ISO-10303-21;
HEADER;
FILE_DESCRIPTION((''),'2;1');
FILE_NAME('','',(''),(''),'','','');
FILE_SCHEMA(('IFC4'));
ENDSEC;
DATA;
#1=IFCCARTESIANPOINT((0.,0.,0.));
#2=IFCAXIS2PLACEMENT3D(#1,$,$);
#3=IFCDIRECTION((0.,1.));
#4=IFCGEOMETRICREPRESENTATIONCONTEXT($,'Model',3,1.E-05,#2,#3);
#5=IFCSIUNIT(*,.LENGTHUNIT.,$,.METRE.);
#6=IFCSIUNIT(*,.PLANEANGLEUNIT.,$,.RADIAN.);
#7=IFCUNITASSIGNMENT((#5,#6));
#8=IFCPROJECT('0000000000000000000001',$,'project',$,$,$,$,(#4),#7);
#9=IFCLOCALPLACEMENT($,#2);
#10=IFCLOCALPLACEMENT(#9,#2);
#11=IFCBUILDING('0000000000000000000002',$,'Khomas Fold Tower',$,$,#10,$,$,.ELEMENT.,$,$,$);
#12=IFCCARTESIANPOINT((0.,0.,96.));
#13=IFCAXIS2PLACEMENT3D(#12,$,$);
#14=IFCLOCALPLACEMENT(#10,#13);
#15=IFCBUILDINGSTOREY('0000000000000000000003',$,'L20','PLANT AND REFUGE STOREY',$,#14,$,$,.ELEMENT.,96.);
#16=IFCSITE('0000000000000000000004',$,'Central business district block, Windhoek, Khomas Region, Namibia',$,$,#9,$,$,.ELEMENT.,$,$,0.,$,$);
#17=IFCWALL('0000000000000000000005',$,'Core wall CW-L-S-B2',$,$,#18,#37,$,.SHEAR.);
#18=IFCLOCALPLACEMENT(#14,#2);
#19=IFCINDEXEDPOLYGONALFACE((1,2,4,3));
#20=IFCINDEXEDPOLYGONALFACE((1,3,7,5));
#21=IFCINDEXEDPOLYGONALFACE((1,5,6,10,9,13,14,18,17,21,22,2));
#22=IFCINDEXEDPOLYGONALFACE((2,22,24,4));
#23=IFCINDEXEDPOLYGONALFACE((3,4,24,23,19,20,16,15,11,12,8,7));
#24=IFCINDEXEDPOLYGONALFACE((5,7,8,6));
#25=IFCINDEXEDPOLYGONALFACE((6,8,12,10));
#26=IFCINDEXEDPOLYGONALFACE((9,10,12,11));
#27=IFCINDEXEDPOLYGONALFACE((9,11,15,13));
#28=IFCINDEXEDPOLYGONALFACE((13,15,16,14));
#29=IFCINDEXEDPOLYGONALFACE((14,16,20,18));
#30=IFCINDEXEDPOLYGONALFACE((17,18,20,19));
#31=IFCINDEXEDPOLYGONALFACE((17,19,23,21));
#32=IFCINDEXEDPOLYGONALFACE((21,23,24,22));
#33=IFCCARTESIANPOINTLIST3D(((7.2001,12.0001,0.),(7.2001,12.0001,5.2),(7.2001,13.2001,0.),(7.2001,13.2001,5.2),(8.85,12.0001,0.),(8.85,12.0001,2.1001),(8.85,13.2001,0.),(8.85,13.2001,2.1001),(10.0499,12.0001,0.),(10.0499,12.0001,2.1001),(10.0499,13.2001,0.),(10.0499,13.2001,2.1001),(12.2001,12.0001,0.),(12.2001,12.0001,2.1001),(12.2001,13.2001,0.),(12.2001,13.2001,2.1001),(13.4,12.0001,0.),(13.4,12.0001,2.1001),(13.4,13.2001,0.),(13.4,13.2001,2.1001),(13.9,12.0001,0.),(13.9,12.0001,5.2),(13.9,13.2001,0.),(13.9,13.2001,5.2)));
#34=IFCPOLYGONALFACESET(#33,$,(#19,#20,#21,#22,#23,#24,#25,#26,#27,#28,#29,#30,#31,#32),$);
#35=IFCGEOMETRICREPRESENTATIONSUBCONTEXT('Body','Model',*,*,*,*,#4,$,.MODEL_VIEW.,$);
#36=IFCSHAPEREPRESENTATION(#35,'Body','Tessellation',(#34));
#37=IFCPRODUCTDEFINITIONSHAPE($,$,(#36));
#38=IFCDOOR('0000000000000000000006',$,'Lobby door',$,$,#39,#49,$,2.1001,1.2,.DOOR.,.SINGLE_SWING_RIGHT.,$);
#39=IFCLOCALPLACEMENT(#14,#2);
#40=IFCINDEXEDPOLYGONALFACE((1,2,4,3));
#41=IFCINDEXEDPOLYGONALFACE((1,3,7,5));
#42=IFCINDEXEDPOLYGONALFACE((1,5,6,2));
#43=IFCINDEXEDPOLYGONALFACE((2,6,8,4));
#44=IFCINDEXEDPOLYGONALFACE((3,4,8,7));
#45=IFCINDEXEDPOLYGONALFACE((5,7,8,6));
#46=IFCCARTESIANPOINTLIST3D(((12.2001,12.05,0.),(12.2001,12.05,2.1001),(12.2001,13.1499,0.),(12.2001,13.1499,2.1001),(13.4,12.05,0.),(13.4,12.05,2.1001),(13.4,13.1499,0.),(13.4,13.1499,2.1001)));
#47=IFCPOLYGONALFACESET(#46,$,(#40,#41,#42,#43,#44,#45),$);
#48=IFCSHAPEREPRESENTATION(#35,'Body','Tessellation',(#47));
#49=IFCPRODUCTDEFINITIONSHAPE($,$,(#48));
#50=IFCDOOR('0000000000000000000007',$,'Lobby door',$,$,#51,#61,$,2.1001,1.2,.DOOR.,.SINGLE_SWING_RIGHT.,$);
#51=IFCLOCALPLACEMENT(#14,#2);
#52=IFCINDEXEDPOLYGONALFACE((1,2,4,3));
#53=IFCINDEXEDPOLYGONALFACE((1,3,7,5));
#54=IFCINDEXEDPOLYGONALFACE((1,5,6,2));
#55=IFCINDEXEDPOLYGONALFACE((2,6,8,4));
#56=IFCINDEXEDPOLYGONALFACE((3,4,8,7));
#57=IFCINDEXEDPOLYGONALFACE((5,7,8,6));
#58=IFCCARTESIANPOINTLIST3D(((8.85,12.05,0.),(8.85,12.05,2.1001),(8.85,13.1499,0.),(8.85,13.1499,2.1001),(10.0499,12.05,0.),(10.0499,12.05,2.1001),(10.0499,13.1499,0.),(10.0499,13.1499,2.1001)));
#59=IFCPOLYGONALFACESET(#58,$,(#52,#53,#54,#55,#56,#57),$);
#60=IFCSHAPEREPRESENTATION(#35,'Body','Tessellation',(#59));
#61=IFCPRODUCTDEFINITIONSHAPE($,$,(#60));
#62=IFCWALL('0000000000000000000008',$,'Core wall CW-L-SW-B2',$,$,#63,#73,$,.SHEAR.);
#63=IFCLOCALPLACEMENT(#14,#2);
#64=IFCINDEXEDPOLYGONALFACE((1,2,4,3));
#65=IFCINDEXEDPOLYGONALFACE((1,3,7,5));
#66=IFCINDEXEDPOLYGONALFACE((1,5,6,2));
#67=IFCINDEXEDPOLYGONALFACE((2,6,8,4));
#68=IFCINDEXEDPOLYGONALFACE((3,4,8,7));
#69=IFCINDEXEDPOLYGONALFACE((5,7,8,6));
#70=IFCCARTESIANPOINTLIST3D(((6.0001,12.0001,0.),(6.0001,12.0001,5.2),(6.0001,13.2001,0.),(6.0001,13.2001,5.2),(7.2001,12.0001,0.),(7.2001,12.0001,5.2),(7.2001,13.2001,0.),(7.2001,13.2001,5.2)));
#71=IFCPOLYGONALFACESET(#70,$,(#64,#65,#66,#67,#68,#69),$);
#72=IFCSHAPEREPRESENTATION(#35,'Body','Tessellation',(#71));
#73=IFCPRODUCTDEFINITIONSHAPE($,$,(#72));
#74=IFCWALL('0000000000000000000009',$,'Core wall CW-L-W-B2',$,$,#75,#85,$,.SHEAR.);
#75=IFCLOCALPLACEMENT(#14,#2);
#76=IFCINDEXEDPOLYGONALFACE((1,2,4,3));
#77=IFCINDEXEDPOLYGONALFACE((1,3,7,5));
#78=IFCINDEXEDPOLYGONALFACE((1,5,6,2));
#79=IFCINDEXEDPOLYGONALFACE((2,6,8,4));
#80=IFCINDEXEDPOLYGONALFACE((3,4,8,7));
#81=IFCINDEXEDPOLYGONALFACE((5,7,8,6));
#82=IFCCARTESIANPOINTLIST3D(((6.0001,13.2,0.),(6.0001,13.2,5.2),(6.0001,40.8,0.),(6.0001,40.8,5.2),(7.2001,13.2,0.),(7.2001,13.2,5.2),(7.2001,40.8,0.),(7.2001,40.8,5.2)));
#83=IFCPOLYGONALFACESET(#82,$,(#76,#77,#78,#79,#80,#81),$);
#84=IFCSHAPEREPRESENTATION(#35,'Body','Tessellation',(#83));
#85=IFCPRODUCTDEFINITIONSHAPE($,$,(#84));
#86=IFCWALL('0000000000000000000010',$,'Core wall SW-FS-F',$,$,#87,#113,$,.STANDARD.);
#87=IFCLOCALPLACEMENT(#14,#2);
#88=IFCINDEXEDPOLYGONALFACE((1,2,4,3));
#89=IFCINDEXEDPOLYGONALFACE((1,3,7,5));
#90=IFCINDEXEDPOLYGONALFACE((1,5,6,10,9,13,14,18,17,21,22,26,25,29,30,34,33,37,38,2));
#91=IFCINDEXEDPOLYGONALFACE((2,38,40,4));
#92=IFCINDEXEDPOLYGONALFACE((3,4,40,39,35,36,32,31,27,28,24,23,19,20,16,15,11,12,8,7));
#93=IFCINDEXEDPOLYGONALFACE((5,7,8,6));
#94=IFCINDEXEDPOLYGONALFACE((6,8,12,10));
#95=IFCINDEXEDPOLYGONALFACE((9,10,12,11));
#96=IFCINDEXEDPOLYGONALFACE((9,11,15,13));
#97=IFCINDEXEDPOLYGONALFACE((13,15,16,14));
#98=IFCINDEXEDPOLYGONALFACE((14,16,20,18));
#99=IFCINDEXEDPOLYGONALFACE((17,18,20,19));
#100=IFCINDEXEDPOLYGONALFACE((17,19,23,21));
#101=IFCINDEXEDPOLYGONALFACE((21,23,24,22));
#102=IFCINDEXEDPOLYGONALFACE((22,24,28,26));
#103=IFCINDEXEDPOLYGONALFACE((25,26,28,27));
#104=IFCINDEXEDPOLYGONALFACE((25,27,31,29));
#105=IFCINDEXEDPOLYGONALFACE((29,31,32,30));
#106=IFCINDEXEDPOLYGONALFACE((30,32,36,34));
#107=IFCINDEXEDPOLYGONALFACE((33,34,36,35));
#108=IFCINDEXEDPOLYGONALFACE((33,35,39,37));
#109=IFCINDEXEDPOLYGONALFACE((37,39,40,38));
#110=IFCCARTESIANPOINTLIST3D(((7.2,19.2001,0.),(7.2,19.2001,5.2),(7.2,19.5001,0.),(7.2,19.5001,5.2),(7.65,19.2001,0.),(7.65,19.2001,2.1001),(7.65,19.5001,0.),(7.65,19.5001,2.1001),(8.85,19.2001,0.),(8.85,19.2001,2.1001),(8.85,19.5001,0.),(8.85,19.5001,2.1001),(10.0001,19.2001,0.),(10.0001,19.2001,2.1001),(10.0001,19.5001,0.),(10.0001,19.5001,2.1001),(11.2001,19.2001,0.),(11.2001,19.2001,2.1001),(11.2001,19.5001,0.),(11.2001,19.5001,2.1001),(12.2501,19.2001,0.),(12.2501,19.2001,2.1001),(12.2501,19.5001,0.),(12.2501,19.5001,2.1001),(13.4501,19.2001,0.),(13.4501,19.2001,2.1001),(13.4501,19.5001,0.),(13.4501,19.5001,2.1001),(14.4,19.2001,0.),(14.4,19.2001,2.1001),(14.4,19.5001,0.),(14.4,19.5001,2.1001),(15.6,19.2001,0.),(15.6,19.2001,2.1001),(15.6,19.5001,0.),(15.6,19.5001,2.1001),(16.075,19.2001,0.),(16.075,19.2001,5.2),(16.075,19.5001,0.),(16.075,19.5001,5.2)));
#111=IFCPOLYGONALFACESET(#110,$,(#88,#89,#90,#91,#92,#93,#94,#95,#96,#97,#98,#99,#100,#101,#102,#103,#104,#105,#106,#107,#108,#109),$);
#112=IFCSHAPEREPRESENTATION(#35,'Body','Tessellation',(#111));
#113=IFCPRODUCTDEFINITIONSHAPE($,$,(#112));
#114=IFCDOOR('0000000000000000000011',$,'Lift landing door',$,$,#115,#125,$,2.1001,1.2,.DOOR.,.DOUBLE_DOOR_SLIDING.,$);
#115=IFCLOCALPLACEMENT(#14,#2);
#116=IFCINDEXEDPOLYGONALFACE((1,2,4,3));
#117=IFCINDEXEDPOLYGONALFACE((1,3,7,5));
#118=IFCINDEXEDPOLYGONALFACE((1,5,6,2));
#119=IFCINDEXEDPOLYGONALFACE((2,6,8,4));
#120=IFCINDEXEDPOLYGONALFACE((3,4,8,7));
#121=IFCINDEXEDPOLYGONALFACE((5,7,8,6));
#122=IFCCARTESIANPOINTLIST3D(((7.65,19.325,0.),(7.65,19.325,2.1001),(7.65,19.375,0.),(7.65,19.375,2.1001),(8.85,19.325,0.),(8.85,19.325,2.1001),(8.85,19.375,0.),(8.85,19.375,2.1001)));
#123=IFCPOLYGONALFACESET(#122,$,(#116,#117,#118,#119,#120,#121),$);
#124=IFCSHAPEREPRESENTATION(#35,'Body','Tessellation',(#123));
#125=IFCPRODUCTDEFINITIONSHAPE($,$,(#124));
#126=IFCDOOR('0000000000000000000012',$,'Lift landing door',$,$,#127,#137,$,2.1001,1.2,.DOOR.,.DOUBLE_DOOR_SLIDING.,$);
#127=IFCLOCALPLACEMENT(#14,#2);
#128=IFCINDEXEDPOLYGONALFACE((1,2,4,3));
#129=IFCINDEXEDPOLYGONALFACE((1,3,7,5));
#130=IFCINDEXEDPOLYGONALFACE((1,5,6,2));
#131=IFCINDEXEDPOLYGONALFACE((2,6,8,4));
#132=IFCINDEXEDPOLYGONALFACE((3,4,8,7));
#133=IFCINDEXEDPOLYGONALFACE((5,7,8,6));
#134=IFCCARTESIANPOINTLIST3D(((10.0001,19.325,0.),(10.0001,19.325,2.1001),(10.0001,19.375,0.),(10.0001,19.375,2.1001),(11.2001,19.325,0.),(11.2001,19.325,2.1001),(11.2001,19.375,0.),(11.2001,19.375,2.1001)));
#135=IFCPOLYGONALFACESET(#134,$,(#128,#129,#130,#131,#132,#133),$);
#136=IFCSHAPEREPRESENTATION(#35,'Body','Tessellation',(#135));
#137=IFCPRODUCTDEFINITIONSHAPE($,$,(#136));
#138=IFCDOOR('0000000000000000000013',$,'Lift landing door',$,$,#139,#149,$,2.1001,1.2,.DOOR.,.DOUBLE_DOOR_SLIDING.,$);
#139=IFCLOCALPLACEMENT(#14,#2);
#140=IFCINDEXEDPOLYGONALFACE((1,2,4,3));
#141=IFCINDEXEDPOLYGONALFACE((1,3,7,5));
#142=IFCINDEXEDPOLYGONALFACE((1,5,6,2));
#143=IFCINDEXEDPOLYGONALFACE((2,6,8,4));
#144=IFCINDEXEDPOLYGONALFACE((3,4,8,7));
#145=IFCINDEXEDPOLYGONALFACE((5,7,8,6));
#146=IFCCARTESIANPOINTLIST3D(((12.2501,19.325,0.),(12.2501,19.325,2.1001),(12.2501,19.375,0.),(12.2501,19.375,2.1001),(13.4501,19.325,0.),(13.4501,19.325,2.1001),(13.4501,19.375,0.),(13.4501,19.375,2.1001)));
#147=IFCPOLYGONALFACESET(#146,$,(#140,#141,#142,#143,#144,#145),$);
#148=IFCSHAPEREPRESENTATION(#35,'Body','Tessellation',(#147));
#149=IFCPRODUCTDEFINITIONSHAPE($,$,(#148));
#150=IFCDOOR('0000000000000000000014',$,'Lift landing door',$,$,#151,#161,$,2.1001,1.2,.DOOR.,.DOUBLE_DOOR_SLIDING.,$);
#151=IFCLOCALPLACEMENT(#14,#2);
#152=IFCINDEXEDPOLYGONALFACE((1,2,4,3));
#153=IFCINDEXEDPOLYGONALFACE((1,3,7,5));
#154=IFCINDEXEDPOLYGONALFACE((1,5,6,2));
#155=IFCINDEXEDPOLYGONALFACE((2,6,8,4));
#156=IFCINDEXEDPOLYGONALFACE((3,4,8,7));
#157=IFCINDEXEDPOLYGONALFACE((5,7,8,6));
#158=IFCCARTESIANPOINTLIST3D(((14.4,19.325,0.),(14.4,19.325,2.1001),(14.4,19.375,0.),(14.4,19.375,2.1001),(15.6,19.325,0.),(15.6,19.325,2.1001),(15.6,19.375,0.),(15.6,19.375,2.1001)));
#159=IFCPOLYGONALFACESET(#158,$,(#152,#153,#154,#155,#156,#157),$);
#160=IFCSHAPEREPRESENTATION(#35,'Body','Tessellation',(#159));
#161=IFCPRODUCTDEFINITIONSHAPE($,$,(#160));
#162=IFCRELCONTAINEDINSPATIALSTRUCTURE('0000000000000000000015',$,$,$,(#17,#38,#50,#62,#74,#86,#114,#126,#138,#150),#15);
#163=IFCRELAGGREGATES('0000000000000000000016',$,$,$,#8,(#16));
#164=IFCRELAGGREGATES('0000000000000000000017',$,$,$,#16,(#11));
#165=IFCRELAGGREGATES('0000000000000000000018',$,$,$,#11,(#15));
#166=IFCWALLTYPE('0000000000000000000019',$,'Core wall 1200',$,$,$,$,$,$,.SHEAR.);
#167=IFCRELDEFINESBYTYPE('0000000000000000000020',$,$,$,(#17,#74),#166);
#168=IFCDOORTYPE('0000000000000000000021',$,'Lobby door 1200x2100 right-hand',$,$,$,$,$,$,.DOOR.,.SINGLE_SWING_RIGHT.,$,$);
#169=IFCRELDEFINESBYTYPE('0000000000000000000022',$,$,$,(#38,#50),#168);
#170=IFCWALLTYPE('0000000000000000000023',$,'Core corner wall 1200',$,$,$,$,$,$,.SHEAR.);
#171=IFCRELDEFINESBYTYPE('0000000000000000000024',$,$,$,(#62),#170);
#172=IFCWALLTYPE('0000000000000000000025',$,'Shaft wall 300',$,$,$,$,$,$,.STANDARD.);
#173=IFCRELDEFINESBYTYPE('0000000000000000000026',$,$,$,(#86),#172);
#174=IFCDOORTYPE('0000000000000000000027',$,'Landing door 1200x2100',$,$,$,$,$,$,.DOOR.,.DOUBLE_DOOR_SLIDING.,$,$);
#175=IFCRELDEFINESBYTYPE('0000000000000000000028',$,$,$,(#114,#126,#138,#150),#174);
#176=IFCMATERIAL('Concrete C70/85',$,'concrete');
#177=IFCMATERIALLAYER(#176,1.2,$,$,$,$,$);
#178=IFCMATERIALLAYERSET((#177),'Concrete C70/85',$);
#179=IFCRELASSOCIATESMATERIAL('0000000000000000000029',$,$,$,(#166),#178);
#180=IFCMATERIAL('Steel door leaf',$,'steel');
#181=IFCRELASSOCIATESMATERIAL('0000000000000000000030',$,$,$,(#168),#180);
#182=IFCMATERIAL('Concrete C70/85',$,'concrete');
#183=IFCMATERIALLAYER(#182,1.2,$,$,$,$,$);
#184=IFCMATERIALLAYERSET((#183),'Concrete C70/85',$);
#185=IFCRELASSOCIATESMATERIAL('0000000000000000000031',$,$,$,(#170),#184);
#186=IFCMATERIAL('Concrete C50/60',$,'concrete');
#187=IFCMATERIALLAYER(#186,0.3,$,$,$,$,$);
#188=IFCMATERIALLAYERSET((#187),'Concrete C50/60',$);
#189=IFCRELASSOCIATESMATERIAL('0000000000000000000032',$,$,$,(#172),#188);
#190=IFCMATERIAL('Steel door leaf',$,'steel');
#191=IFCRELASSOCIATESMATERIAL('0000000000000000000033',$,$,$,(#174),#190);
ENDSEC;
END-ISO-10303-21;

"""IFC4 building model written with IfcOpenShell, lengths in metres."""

from ifc_helpers import new_model, si_unit, direction, frame, frame_2d, origin, place, context, subcontext, project, spatial, rectangle, extrude, source, transform, mapped, material, layer, layer_set, type_object, element, fill, save


model = new_model("IFC4")

# Units and contexts
model_context = context("Model", 3, precision=1e-05, world=origin(), true_north=direction((0.0, 1.0)))
body_context = subcontext(model_context, "Body", "Model", "MODEL_VIEW")
ifc_project = project(units=[si_unit("LENGTHUNIT", "METRE"), si_unit("PLANEANGLEUNIT", "RADIAN")], contexts=[model_context])

# Site, building, storey
site_placement = place(None, origin())
site = spatial("IfcSite", under=ifc_project, at=site_placement, Name="Central business district block, Windhoek, Khomas Region, Namibia", CompositionType="ELEMENT", RefElevation=0.0)
building_placement = place(site_placement, origin())
building = spatial("IfcBuilding", under=site, at=building_placement, Name="Khomas Fold Tower", CompositionType="ELEMENT")
storey_placement = place(building_placement, frame((0.0, 0.0, 96.0)))
storey = spatial("IfcBuildingStorey", under=building, at=storey_placement, Name="L20", Description="PLANT AND REFUGE STOREY", CompositionType="ELEMENT", Elevation=96.0)

# Wall, openings, doors
ifc_material_1 = material(Name="Concrete C70/85", Category="concrete")
ifc_layer_1 = layer(ifc_material_1, 1.2)
ifc_layer_set_1 = layer_set([ifc_layer_1], Name="Concrete C70/85")
wall_type_1 = type_object("IfcWallType", Name="Core wall 1200", PredefinedType="SHEAR", material=ifc_layer_set_1)
shared_shape_1 = source(origin(), body_context, "Body", "SweptSolid", [
    extrude(rectangle(XDim=6.7, YDim=1.2, at=frame_2d((3.3501, 0.0))), origin(), (0.0, 0.0, 1.0), 5.2),
])
wall_1_placement = place(storey_placement, frame((7.2, 12.6001, 0.0), z_axis=(0.0, 0.0, 1.0), x_axis=(1.0, 0.0, 0.0)))
wall_1 = element("IfcWall", 1, at=wall_1_placement, inside=storey, type_object=wall_type_1, Name="Core wall CW-L-S-B2", PredefinedType="SHEAR", context=body_context, shape_type="MappedRepresentation", body=[
    mapped(shared_shape_1, transform((0.0, 0.0, 0.0))),
])
shared_shape_2 = source(origin(), body_context, "Body", "SweptSolid", [
    extrude(rectangle(XDim=1.2, YDim=2.1001, at=frame_2d((0.6001, 1.05))), frame((0.0, 0.6099, 0.0), z_axis=(0.0, -1.0, 0.0), x_axis=(1.0, 0.0, 0.0)), (0.0, 0.0, 1.0), 1.22),
])
opening_1_placement = place(wall_1_placement, frame((5.0, 0.0, 0.0)))
opening_1 = element("IfcOpeningElement", 2, at=opening_1_placement, cuts=wall_1, PredefinedType="OPENING", context=body_context, shape_type="MappedRepresentation", body=[
    mapped(shared_shape_2, transform((0.0, 0.0, 0.0))),
])
opening_2_placement = place(wall_1_placement, frame((1.6499, 0.0, 0.0)))
opening_2 = element("IfcOpeningElement", 3, at=opening_2_placement, cuts=wall_1, PredefinedType="OPENING", context=body_context, shape_type="MappedRepresentation", body=[
    mapped(shared_shape_2, transform((0.0, 0.0, 0.0))),
])
ifc_material_2 = material(Name="Steel door leaf", Category="steel")
door_type_1 = type_object("IfcDoorType", Name="Lobby door 1200x2100 right-hand", OperationType="SINGLE_SWING_RIGHT", PredefinedType="DOOR", material=ifc_material_2)
shared_shape_3 = source(origin(), body_context, "Body", "SweptSolid", [
    extrude(rectangle(XDim=1.2, YDim=2.1001, at=frame_2d((0.6001, 1.05))), frame((0.0, 0.5498, 0.0), z_axis=(0.0, -1.0, 0.0), x_axis=(1.0, 0.0, 0.0)), (0.0, 0.0, 1.0), 1.0999),
])
door_1_placement = place(opening_1_placement, origin())
door_1 = element("IfcDoor", 4, at=door_1_placement, inside=storey, type_object=door_type_1, Name="Lobby door", OperationType="SINGLE_SWING_RIGHT", OverallHeight=2.1001, OverallWidth=1.2, PredefinedType="DOOR", context=body_context, shape_type="MappedRepresentation", body=[
    mapped(shared_shape_3, transform((0.0, 0.0, 0.0))),
])
fill(opening_1, door_1)
door_2_placement = place(opening_2_placement, origin())
door_2 = element("IfcDoor", 5, at=door_2_placement, inside=storey, type_object=door_type_1, Name="Lobby door", OperationType="SINGLE_SWING_RIGHT", OverallHeight=2.1001, OverallWidth=1.2, PredefinedType="DOOR", context=body_context, shape_type="MappedRepresentation", body=[
    mapped(shared_shape_3, transform((0.0, 0.0, 0.0))),
])
fill(opening_2, door_2)

# Walls
ifc_material_3 = material(Name="Concrete C70/85", Category="concrete")
ifc_layer_2 = layer(ifc_material_3, 1.2)
ifc_layer_set_2 = layer_set([ifc_layer_2], Name="Concrete C70/85")
wall_type_2 = type_object("IfcWallType", Name="Core corner wall 1200", PredefinedType="SHEAR", material=ifc_layer_set_2)
shared_shape_4 = source(origin(), body_context, "Body", "SweptSolid", [
    extrude(rectangle(XDim=1.2, YDim=1.2, at=frame_2d((0.6001, 0.0))), origin(), (0.0, 0.0, 1.0), 5.2),
])
wall_2_placement = place(storey_placement, frame((6.0, 12.6001, 0.0), z_axis=(0.0, 0.0, 1.0), x_axis=(1.0, 0.0, 0.0)))
element("IfcWall", 6, at=wall_2_placement, inside=storey, type_object=wall_type_2, Name="Core wall CW-L-SW-B2", PredefinedType="SHEAR", context=body_context, shape_type="MappedRepresentation", body=[
    mapped(shared_shape_4, transform((0.0, 0.0, 0.0))),
])
shared_shape_5 = source(origin(), body_context, "Body", "SweptSolid", [
    extrude(rectangle(XDim=27.6001, YDim=1.2, at=frame_2d((13.8, 0.0))), origin(), (0.0, 0.0, 1.0), 5.2),
])
wall_3_placement = place(storey_placement, frame((6.6001, 13.2, 0.0), z_axis=(0.0, 0.0, 1.0), x_axis=(0.0, 1.0, 0.0)))
element("IfcWall", 7, at=wall_3_placement, inside=storey, type_object=wall_type_1, Name="Core wall CW-L-W-B2", PredefinedType="SHEAR", context=body_context, shape_type="MappedRepresentation", body=[
    mapped(shared_shape_5, transform((0.0, 0.0, 0.0))),
])

# Wall, openings, doors
ifc_material_4 = material(Name="Concrete C50/60", Category="concrete")
ifc_layer_3 = layer(ifc_material_4, 0.3)
ifc_layer_set_3 = layer_set([ifc_layer_3], Name="Concrete C50/60")
wall_type_3 = type_object("IfcWallType", Name="Shaft wall 300", PredefinedType="STANDARD", material=ifc_layer_set_3)
shared_shape_6 = source(origin(), body_context, "Body", "SweptSolid", [
    extrude(rectangle(XDim=8.875, YDim=0.3, at=frame_2d((4.4375, 0.0))), origin(), (0.0, 0.0, 1.0), 5.2),
])
wall_4_placement = place(storey_placement, frame((7.2, 19.3501, 0.0), z_axis=(0.0, 0.0, 1.0), x_axis=(1.0, 0.0, 0.0)))
wall_4 = element("IfcWall", 8, at=wall_4_placement, inside=storey, type_object=wall_type_3, Name="Core wall SW-FS-F", PredefinedType="STANDARD", context=body_context, shape_type="MappedRepresentation", body=[
    mapped(shared_shape_6, transform((0.0, 0.0, 0.0))),
])
shared_shape_7 = source(origin(), body_context, "Body", "SweptSolid", [
    extrude(rectangle(XDim=1.2, YDim=2.1001, at=frame_2d((0.6001, 1.05))), frame((0.0, 0.1599, 0.0), z_axis=(0.0, -1.0, 0.0), x_axis=(1.0, 0.0, 0.0)), (0.0, 0.0, 1.0), 0.3201),
])
opening_3_placement = place(wall_4_placement, frame((0.45, 0.0, 0.0)))
opening_3 = element("IfcOpeningElement", 9, at=opening_3_placement, cuts=wall_4, PredefinedType="OPENING", context=body_context, shape_type="MappedRepresentation", body=[
    mapped(shared_shape_7, transform((0.0, 0.0, 0.0))),
])
opening_4_placement = place(wall_4_placement, frame((2.8, 0.0, 0.0)))
opening_4 = element("IfcOpeningElement", 10, at=opening_4_placement, cuts=wall_4, PredefinedType="OPENING", context=body_context, shape_type="MappedRepresentation", body=[
    mapped(shared_shape_7, transform((0.0, 0.0, 0.0))),
])
opening_5_placement = place(wall_4_placement, frame((5.05, 0.0, 0.0)))
opening_5 = element("IfcOpeningElement", 11, at=opening_5_placement, cuts=wall_4, PredefinedType="OPENING", context=body_context, shape_type="MappedRepresentation", body=[
    mapped(shared_shape_7, transform((0.0, 0.0, 0.0))),
])
opening_6_placement = place(wall_4_placement, frame((7.2, 0.0, 0.0)))
opening_6 = element("IfcOpeningElement", 12, at=opening_6_placement, cuts=wall_4, PredefinedType="OPENING", context=body_context, shape_type="MappedRepresentation", body=[
    mapped(shared_shape_7, transform((0.0, 0.0, 0.0))),
])
ifc_material_5 = material(Name="Steel door leaf", Category="steel")
door_type_2 = type_object("IfcDoorType", Name="Landing door 1200x2100", OperationType="DOUBLE_DOOR_SLIDING", PredefinedType="DOOR", material=ifc_material_5)
shared_shape_8 = source(origin(), body_context, "Body", "SweptSolid", [
    extrude(rectangle(XDim=1.2, YDim=2.1001, at=frame_2d((0.6001, 1.05))), frame((0.0, 0.0249, 0.0), z_axis=(0.0, -1.0, 0.0), x_axis=(1.0, 0.0, 0.0)), (0.0, 0.0, 1.0), 0.05),
])
door_3_placement = place(opening_3_placement, origin())
door_3 = element("IfcDoor", 13, at=door_3_placement, inside=storey, type_object=door_type_2, Name="Lift landing door", OperationType="DOUBLE_DOOR_SLIDING", OverallHeight=2.1001, OverallWidth=1.2, PredefinedType="DOOR", context=body_context, shape_type="MappedRepresentation", body=[
    mapped(shared_shape_8, transform((0.0, 0.0, 0.0))),
])
fill(opening_3, door_3)
door_4_placement = place(opening_4_placement, origin())
door_4 = element("IfcDoor", 14, at=door_4_placement, inside=storey, type_object=door_type_2, Name="Lift landing door", OperationType="DOUBLE_DOOR_SLIDING", OverallHeight=2.1001, OverallWidth=1.2, PredefinedType="DOOR", context=body_context, shape_type="MappedRepresentation", body=[
    mapped(shared_shape_8, transform((0.0, 0.0, 0.0))),
])
fill(opening_4, door_4)
door_5_placement = place(opening_5_placement, origin())
door_5 = element("IfcDoor", 15, at=door_5_placement, inside=storey, type_object=door_type_2, Name="Lift landing door", OperationType="DOUBLE_DOOR_SLIDING", OverallHeight=2.1001, OverallWidth=1.2, PredefinedType="DOOR", context=body_context, shape_type="MappedRepresentation", body=[
    mapped(shared_shape_8, transform((0.0, 0.0, 0.0))),
])
fill(opening_5, door_5)
door_6_placement = place(opening_6_placement, origin())
door_6 = element("IfcDoor", 16, at=door_6_placement, inside=storey, type_object=door_type_2, Name="Lift landing door", OperationType="DOUBLE_DOOR_SLIDING", OverallHeight=2.1001, OverallWidth=1.2, PredefinedType="DOOR", context=body_context, shape_type="MappedRepresentation", body=[
    mapped(shared_shape_8, transform((0.0, 0.0, 0.0))),
])
fill(opening_6, door_6)

save(model, "model.ifc")
